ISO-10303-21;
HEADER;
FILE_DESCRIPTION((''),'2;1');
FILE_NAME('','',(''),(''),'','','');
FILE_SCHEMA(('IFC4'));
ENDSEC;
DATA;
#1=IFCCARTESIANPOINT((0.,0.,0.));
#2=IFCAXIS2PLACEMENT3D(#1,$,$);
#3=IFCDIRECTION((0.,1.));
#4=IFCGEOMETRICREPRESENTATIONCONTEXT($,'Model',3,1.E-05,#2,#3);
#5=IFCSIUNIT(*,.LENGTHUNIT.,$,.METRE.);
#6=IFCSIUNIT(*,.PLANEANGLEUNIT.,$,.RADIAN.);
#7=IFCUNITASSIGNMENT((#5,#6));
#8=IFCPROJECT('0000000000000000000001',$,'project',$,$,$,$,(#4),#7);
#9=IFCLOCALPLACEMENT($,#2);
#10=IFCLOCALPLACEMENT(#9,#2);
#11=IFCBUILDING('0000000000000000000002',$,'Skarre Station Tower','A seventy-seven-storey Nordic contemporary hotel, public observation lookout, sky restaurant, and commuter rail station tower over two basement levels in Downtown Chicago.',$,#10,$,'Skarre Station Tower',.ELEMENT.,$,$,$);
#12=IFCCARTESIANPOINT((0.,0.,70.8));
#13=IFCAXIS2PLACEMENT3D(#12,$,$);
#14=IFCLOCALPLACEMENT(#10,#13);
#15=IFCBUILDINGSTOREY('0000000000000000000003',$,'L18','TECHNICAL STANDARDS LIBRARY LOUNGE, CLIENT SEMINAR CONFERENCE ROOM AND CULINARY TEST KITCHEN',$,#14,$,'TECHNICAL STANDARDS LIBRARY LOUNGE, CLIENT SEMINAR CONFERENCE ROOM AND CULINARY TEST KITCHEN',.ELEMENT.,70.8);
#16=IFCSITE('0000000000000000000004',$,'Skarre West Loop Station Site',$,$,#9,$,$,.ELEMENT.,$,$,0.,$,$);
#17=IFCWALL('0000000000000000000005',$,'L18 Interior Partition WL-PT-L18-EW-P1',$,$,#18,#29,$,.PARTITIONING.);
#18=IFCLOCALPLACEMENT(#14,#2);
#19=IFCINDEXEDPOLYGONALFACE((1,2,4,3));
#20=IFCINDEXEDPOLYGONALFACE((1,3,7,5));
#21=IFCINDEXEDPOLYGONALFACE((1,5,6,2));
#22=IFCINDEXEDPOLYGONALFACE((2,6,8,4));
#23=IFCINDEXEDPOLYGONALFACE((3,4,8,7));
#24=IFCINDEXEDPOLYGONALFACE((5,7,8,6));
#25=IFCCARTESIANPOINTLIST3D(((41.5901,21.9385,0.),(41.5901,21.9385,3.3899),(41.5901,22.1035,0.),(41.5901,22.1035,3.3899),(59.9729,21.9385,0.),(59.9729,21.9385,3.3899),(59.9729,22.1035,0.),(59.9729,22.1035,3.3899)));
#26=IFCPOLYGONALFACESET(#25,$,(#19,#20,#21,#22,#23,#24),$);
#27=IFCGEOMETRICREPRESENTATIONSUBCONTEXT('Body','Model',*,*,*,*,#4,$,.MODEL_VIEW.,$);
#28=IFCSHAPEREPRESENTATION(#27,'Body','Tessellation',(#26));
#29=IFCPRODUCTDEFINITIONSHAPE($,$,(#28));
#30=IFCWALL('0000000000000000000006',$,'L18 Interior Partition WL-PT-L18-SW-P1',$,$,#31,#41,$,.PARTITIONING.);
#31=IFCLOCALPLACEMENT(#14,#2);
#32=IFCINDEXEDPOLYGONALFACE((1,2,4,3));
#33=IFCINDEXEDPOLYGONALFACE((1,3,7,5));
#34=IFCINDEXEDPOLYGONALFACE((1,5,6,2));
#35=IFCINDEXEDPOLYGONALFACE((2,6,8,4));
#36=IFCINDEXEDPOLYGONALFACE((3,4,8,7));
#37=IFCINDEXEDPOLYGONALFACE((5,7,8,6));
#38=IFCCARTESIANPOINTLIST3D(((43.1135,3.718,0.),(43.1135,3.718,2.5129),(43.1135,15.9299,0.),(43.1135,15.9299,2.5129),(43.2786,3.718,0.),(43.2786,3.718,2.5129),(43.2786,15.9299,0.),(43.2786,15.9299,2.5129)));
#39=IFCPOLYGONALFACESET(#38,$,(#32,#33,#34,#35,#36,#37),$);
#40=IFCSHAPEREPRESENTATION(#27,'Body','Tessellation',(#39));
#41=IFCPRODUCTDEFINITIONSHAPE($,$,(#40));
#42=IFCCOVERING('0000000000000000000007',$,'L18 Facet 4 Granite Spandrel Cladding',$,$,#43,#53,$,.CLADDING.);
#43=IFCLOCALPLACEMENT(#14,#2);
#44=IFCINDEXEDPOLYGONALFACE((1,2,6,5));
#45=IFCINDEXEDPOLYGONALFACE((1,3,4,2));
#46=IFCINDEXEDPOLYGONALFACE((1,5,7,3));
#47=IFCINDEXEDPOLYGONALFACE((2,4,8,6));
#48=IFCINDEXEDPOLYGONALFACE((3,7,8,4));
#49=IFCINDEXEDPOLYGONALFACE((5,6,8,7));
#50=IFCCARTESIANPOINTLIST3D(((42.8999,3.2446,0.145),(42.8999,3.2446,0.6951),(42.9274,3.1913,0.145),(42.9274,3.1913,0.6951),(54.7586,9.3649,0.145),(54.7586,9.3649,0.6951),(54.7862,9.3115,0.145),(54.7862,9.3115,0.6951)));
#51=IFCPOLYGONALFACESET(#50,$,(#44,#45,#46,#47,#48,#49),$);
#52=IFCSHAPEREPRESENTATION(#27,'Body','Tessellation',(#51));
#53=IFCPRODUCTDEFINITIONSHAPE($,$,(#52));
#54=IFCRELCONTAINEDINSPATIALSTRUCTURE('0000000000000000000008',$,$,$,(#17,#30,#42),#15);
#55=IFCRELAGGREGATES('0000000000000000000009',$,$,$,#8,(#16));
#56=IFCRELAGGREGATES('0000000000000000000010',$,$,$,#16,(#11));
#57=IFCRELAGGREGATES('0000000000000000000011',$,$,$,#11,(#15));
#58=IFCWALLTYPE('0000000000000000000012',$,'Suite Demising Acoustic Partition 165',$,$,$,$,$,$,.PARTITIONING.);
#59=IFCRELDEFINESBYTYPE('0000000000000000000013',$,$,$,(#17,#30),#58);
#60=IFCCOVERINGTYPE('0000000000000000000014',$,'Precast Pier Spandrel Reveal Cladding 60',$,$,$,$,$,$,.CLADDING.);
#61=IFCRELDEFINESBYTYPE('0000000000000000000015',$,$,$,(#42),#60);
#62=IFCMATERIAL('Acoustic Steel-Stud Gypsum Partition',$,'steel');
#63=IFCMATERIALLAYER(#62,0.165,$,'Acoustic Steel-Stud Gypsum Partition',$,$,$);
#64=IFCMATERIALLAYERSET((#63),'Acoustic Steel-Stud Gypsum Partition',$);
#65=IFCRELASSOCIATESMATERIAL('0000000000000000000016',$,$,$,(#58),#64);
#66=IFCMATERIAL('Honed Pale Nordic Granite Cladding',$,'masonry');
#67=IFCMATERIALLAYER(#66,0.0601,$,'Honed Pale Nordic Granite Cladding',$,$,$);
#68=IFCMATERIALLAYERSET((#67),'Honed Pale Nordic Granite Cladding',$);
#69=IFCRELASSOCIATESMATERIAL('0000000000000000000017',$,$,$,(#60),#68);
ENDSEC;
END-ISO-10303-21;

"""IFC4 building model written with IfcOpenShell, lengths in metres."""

from ifc_helpers import new_model, si_unit, direction, frame, frame_2d, origin, origin_2d, place, context, subcontext, project, spatial, rectangle, extrude, material, layer, layer_set, type_object, element, save


model = new_model("IFC4")

# Units and contexts
model_context = context("Model", 3, precision=1e-05, world=origin(), true_north=direction((0.0, 1.0)))
body_context = subcontext(model_context, "Body", "Model", "MODEL_VIEW")
ifc_project = project(units=[si_unit("LENGTHUNIT", "METRE"), si_unit("PLANEANGLEUNIT", "RADIAN")], contexts=[model_context])

# Site, building, storey
site_placement = place(None, origin())
site = spatial("IfcSite", under=ifc_project, at=site_placement, Name="Skarre West Loop Station Site", CompositionType="ELEMENT", RefElevation=0.0)
building_placement = place(site_placement, origin())
building = spatial("IfcBuilding", under=site, at=building_placement, Name="Skarre Station Tower", Description="A seventy-seven-storey Nordic contemporary hotel, public observation lookout, sky restaurant, and commuter rail station tower over two basement levels in Downtown Chicago.", LongName="Skarre Station Tower", CompositionType="ELEMENT")
storey_placement = place(building_placement, frame((0.0, 0.0, 70.8)))
storey = spatial("IfcBuildingStorey", under=building, at=storey_placement, Name="L18", Description="TECHNICAL STANDARDS LIBRARY LOUNGE, CLIENT SEMINAR CONFERENCE ROOM AND CULINARY TEST KITCHEN", LongName="TECHNICAL STANDARDS LIBRARY LOUNGE, CLIENT SEMINAR CONFERENCE ROOM AND CULINARY TEST KITCHEN", CompositionType="ELEMENT", Elevation=70.8)

# Shared definitions
ifc_material_1 = material(Name="Acoustic Steel-Stud Gypsum Partition", Category="steel")

# Walls
ifc_layer_1 = layer(ifc_material_1, 0.165, Name="Acoustic Steel-Stud Gypsum Partition")
ifc_layer_set_1 = layer_set([ifc_layer_1], Name="Acoustic Steel-Stud Gypsum Partition")
wall_type_1 = type_object("IfcWallType", Name="Suite Demising Acoustic Partition 165", PredefinedType="PARTITIONING", material=ifc_layer_set_1)
wall_1_placement = place(storey_placement, frame((41.5901, 22.021, 0.0), z_axis=(0.0, 0.0, 1.0), x_axis=(1.0, 0.0, 0.0)))
element("IfcWall", 1, at=wall_1_placement, inside=storey, type_object=wall_type_1, Name="L18 Interior Partition WL-PT-L18-EW-P1", PredefinedType="PARTITIONING", context=body_context, shape_type="SweptSolid", body=[
    extrude(rectangle(XDim=18.3828, YDim=0.165, at=frame_2d((9.1914, 0.0))), origin(), (0.0, 0.0, 1.0), 3.3899),
])
wall_2_placement = place(storey_placement, frame((43.196, 3.718, 0.0), z_axis=(0.0, 0.0, 1.0), x_axis=(0.0, 1.0, 0.0)))
element("IfcWall", 2, at=wall_2_placement, inside=storey, type_object=wall_type_1, Name="L18 Interior Partition WL-PT-L18-SW-P1", PredefinedType="PARTITIONING", context=body_context, shape_type="SweptSolid", body=[
    extrude(rectangle(XDim=12.2119, YDim=0.165, at=frame_2d((6.106, 0.0))), origin(), (0.0, 0.0, 1.0), 2.5129),
])

# Covering
ifc_material_2 = material(Name="Honed Pale Nordic Granite Cladding", Category="masonry")
ifc_layer_2 = layer(ifc_material_2, 0.0601, Name="Honed Pale Nordic Granite Cladding")
ifc_layer_set_2 = layer_set([ifc_layer_2], Name="Honed Pale Nordic Granite Cladding")
covering_type = type_object("IfcCoveringType", Name="Precast Pier Spandrel Reveal Cladding 60", PredefinedType="CLADDING", material=ifc_layer_set_2)
covering_placement = place(storey_placement, frame((48.843, 6.2781, 0.145), z_axis=(0.0, 0.0, 1.0), x_axis=(0.888633, 0.458619, 0.0)))
element("IfcCovering", 3, at=covering_placement, inside=storey, type_object=covering_type, Name="L18 Facet 4 Granite Spandrel Cladding", PredefinedType="CLADDING", context=body_context, shape_type="SweptSolid", body=[
    extrude(rectangle(XDim=13.345, YDim=0.0601, at=origin_2d()), origin(), (0.0, 0.0, 1.0), 0.55),
])

save(model, "model.ifc")
